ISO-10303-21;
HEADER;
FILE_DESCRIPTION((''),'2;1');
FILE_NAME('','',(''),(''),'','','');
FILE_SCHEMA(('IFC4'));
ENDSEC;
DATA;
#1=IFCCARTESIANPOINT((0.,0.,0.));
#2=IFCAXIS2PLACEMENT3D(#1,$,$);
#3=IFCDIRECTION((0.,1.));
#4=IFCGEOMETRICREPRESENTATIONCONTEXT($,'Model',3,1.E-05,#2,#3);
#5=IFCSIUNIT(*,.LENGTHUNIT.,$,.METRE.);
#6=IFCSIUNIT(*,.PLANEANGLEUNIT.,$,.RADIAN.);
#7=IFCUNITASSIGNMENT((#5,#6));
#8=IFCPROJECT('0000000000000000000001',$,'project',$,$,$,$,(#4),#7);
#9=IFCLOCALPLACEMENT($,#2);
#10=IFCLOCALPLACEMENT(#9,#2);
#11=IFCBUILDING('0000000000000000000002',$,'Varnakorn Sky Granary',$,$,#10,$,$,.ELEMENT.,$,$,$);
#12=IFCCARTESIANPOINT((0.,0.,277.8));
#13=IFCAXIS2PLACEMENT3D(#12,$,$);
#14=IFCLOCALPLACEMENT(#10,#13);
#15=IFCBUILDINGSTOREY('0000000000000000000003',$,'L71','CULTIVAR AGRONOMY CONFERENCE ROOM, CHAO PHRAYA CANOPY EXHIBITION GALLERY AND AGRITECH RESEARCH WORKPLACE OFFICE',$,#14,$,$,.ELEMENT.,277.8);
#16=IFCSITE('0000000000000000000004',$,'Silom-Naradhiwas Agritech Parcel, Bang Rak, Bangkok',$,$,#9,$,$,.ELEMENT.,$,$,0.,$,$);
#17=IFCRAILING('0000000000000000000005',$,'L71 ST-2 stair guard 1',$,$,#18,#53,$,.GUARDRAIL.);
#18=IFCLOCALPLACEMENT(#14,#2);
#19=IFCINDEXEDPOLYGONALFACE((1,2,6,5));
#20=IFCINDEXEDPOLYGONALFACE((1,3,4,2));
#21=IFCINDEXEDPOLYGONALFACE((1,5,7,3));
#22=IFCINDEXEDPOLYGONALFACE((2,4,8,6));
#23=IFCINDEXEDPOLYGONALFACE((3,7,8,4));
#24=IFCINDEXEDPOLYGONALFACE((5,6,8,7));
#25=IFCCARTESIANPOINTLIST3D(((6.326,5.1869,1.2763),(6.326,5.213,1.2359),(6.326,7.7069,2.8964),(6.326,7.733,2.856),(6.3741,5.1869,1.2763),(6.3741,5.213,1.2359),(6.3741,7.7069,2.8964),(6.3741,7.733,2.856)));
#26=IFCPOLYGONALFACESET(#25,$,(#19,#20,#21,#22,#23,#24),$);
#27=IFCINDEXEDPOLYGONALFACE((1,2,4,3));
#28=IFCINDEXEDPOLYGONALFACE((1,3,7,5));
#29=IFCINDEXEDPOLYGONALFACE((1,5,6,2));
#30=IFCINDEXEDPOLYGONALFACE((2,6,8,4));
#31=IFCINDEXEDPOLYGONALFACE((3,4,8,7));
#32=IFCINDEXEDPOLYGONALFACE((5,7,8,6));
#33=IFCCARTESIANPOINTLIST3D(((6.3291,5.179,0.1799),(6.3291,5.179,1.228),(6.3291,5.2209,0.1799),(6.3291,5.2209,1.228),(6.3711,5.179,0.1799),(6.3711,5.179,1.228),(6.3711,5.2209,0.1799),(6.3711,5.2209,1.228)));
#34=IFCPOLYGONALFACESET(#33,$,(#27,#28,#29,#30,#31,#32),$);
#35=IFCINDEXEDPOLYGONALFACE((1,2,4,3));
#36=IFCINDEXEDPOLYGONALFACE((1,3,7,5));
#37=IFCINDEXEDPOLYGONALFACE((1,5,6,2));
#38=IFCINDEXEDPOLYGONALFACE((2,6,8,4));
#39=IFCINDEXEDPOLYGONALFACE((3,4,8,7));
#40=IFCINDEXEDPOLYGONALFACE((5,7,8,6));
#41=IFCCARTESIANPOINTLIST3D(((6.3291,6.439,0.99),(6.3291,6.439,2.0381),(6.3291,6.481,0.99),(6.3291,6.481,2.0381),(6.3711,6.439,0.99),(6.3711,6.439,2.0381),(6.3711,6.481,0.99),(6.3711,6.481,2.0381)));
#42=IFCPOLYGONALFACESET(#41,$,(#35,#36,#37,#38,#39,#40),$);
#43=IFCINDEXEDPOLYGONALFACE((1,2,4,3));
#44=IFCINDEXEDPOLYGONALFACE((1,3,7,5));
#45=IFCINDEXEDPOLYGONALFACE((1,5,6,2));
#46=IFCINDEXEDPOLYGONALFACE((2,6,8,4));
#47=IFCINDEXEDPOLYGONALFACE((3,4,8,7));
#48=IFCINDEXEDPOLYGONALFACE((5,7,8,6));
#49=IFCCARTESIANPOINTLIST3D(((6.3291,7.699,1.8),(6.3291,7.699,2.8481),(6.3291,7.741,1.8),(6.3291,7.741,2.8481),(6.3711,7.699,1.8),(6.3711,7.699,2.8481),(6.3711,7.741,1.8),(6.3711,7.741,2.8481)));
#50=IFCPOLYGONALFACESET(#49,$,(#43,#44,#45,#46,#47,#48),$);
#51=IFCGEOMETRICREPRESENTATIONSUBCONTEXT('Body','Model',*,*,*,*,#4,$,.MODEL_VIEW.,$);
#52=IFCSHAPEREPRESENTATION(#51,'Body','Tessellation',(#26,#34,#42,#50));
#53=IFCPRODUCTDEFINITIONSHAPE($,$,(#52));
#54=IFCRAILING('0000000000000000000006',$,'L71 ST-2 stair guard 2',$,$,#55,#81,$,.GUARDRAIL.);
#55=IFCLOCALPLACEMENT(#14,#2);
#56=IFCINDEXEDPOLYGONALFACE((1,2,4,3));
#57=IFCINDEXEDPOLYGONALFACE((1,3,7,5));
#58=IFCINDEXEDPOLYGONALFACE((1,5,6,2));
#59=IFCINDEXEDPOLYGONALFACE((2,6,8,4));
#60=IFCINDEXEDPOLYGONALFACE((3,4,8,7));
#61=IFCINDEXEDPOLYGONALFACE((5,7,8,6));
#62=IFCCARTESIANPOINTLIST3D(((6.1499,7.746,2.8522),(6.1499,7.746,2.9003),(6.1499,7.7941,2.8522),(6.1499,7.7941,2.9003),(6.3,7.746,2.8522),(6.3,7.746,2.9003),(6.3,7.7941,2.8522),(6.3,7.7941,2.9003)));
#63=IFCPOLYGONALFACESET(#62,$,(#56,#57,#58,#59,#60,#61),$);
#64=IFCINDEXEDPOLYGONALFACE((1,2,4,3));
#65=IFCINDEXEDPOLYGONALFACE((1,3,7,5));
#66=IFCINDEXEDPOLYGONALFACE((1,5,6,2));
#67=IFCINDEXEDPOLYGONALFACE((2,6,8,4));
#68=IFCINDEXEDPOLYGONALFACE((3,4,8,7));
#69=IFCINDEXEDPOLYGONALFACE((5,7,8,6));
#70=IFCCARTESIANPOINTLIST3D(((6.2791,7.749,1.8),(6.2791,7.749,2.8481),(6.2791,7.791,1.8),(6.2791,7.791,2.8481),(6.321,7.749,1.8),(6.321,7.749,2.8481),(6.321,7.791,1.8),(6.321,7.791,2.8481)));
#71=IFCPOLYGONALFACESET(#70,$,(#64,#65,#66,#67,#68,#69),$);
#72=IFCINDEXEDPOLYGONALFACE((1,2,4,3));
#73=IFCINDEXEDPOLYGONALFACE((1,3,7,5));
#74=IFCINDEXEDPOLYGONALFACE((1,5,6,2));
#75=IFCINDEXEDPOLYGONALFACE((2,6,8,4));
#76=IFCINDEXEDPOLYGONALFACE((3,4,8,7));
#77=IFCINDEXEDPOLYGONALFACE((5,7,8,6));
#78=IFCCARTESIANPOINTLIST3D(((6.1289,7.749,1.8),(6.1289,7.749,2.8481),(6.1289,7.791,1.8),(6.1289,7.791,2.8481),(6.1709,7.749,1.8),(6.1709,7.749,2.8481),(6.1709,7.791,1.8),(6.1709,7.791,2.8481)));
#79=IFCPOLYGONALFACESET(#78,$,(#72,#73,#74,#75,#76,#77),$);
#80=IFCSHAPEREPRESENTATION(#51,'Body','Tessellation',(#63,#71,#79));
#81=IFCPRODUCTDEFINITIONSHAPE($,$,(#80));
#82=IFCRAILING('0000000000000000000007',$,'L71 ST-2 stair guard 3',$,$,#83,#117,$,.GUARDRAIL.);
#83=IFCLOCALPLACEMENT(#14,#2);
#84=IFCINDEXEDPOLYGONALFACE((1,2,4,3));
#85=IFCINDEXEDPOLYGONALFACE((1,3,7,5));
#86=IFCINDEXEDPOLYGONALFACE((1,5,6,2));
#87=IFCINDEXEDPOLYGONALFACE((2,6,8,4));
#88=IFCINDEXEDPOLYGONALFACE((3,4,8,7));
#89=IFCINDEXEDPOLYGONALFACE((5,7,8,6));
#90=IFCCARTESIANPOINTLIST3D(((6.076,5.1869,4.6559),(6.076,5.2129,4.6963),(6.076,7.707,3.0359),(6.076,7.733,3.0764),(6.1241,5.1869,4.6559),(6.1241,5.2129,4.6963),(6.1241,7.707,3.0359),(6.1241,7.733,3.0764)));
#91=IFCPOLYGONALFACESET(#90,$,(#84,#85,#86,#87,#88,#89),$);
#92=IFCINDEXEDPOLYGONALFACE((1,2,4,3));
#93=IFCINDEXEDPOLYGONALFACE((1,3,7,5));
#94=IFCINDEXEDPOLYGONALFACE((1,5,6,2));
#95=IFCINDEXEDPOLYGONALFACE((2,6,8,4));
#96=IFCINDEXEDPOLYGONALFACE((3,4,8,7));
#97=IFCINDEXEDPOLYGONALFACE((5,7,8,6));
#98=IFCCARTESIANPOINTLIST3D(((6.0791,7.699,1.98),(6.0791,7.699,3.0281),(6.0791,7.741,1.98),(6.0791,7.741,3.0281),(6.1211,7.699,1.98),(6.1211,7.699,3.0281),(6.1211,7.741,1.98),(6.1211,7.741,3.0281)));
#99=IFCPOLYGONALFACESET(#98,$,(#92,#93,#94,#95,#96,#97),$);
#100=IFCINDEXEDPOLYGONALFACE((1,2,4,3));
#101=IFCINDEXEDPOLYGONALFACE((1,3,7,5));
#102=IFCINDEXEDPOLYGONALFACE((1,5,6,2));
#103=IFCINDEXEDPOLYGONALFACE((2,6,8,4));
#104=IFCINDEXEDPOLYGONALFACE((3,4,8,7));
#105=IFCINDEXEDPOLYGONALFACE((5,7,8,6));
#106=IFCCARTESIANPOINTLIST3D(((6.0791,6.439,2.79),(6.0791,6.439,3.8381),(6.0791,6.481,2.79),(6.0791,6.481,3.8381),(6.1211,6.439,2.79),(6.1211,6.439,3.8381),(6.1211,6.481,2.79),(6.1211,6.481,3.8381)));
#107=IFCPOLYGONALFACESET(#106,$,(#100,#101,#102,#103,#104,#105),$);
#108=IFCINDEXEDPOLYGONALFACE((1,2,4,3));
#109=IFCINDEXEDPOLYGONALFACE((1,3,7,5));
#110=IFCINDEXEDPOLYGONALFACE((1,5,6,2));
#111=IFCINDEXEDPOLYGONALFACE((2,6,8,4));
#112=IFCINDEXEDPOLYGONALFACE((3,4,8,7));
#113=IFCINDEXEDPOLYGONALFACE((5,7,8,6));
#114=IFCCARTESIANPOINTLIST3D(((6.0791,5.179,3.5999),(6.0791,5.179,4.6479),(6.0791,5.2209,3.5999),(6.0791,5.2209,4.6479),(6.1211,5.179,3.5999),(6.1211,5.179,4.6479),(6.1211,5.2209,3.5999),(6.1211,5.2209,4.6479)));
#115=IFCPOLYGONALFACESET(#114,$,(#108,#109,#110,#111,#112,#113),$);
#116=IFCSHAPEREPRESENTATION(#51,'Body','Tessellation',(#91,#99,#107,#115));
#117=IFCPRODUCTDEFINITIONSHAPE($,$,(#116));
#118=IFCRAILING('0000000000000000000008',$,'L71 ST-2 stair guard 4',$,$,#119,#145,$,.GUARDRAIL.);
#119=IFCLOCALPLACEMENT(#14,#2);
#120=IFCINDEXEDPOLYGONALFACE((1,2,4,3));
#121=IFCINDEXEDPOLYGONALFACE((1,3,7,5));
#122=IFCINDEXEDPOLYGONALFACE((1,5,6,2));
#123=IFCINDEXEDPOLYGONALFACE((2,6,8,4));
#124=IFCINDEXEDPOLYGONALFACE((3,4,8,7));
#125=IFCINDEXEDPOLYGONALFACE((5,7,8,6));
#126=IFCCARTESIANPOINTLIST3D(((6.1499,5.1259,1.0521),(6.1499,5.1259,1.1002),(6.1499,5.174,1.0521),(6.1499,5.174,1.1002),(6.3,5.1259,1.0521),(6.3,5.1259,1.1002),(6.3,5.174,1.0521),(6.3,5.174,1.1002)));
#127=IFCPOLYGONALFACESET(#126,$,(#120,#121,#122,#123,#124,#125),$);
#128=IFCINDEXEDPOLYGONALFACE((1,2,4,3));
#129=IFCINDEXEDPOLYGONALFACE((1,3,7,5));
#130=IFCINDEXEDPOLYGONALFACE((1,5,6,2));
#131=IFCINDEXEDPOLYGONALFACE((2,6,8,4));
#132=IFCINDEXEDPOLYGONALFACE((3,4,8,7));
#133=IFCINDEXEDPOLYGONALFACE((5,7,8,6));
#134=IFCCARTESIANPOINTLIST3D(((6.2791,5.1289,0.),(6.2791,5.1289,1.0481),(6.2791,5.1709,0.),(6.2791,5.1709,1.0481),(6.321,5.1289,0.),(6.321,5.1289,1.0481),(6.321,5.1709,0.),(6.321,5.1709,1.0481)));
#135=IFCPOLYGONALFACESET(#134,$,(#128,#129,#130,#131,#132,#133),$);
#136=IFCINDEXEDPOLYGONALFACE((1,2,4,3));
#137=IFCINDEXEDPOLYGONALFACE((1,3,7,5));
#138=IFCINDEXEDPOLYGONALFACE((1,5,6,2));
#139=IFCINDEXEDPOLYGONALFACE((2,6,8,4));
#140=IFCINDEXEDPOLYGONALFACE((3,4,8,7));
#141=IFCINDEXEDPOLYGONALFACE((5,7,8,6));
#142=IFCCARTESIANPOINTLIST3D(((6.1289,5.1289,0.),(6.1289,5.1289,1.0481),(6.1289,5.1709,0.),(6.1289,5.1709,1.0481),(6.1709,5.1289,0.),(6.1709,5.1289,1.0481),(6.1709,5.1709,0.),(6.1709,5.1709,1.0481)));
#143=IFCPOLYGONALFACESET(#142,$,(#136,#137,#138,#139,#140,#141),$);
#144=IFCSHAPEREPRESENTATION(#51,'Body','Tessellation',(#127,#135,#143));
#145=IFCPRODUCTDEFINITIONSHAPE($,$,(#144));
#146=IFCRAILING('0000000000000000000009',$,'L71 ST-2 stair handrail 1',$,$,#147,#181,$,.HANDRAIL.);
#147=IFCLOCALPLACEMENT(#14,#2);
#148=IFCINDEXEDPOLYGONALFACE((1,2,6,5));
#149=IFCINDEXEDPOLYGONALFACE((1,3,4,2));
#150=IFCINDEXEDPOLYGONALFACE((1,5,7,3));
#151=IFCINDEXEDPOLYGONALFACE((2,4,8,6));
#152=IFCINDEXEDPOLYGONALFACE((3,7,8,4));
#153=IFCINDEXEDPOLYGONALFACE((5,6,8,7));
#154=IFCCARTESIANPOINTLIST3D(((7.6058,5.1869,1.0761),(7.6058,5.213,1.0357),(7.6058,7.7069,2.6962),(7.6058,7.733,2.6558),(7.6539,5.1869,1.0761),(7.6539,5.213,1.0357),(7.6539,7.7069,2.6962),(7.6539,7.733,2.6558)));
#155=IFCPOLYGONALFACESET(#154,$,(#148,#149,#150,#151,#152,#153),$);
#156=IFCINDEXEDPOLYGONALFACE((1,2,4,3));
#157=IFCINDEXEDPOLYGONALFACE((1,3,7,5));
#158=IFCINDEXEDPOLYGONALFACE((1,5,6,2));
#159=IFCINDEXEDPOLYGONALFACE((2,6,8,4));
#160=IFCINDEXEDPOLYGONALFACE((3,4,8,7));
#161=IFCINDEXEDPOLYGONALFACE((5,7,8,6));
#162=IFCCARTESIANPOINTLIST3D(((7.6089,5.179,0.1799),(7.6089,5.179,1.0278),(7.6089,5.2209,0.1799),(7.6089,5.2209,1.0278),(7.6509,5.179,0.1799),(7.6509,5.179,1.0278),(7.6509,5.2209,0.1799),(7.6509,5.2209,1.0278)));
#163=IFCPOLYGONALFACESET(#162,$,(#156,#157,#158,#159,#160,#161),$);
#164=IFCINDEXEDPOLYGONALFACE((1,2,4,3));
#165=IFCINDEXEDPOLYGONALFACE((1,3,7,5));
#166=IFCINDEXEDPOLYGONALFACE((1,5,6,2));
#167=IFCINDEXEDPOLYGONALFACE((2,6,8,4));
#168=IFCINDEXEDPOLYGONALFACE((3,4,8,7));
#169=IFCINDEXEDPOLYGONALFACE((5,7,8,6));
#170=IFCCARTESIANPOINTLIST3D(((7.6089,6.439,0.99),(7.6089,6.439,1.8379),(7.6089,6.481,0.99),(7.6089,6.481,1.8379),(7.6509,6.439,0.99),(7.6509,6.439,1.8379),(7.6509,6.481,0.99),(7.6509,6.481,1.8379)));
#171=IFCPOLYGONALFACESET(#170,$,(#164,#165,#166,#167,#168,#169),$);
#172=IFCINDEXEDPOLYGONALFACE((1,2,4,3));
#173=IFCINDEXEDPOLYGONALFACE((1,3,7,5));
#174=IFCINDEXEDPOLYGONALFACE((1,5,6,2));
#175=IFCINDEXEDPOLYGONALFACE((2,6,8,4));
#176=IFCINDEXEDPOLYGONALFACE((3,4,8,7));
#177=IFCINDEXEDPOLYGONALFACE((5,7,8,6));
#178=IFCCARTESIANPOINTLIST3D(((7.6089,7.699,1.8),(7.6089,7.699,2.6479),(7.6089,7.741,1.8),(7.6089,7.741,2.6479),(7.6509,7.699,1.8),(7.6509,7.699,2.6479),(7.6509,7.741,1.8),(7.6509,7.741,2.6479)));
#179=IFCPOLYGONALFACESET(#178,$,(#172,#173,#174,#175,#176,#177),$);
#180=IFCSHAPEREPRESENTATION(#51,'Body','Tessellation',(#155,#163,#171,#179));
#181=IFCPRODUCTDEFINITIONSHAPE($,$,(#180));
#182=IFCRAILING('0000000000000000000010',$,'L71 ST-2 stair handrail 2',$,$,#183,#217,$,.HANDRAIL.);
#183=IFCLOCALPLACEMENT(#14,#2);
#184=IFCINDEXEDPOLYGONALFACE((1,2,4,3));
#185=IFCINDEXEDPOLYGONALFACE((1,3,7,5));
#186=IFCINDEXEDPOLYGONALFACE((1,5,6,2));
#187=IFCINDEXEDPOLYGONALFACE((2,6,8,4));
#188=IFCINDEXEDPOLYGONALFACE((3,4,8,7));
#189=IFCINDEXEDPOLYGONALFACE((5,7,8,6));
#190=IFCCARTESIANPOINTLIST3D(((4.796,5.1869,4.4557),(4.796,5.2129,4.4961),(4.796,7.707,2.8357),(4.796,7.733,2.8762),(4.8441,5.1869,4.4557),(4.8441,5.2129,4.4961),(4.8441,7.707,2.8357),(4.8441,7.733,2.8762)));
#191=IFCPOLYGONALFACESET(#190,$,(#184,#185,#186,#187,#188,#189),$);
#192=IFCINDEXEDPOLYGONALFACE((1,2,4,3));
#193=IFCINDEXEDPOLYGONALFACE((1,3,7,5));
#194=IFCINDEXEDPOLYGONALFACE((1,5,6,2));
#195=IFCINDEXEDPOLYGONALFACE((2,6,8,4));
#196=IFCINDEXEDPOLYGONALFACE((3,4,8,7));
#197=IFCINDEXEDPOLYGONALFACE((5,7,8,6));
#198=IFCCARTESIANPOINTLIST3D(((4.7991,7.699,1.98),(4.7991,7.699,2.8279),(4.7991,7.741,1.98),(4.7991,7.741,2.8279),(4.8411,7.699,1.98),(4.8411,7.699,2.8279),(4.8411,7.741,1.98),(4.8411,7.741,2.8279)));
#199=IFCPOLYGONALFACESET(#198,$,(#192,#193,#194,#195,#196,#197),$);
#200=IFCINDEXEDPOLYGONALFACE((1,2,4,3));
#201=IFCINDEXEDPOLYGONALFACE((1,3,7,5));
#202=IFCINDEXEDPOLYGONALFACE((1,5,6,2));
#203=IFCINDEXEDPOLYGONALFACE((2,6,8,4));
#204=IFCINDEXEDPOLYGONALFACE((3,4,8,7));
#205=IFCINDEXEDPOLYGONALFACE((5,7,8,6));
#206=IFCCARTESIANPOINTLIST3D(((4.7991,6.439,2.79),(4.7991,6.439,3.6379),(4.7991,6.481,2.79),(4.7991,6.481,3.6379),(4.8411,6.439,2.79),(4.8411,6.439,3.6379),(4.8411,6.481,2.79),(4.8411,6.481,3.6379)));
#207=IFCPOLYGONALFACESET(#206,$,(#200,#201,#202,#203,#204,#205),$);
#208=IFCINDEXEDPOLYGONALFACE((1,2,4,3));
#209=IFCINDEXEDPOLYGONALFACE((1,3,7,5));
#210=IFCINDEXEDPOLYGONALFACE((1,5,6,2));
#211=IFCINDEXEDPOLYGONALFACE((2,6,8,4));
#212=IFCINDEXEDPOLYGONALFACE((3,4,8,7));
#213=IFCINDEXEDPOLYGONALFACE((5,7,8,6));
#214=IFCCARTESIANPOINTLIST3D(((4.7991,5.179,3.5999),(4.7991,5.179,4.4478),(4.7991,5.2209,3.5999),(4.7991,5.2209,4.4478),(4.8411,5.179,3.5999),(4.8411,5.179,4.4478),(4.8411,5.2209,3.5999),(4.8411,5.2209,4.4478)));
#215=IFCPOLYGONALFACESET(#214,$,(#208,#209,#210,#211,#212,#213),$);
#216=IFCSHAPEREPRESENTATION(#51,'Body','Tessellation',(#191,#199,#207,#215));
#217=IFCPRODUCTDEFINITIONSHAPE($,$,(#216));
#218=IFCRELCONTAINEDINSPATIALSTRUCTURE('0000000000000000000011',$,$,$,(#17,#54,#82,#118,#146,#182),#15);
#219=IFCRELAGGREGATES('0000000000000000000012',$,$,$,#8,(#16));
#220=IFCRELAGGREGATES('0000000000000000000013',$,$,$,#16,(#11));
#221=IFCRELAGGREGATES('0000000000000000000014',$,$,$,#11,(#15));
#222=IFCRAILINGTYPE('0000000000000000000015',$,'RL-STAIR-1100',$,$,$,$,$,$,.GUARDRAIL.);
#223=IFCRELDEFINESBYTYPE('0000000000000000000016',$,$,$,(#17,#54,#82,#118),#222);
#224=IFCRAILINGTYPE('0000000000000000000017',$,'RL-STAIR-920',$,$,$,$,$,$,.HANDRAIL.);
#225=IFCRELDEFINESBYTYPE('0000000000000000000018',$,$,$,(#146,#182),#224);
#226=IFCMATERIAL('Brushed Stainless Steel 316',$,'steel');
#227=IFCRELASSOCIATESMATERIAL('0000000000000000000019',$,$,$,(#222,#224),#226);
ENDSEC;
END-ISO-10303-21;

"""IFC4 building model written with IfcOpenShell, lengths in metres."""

from ifc_helpers import new_model, si_unit, direction, frame, origin, origin_2d, place, context, subcontext, project, spatial, rectangle, extrude, material, type_object, element, save


model = new_model("IFC4")

# Units and contexts
model_context = context("Model", 3, precision=1e-05, world=origin(), true_north=direction((0.0, 1.0)))
body_context = subcontext(model_context, "Body", "Model", "MODEL_VIEW")
ifc_project = project(units=[si_unit("LENGTHUNIT", "METRE"), si_unit("PLANEANGLEUNIT", "RADIAN")], contexts=[model_context])

# Site, building, storey
site_placement = place(None, origin())
site = spatial("IfcSite", under=ifc_project, at=site_placement, Name="Silom-Naradhiwas Agritech Parcel, Bang Rak, Bangkok", CompositionType="ELEMENT", RefElevation=0.0)
building_placement = place(site_placement, origin())
building = spatial("IfcBuilding", under=site, at=building_placement, Name="Varnakorn Sky Granary", CompositionType="ELEMENT")
storey_placement = place(building_placement, frame((0.0, 0.0, 277.8)))
storey = spatial("IfcBuildingStorey", under=building, at=storey_placement, Name="L71", Description="CULTIVAR AGRONOMY CONFERENCE ROOM, CHAO PHRAYA CANOPY EXHIBITION GALLERY AND AGRITECH RESEARCH WORKPLACE OFFICE", CompositionType="ELEMENT", Elevation=277.8)

# Railings
ifc_material_1 = material(Name="Brushed Stainless Steel 316", Category="steel")
railing_type_1 = type_object("IfcRailingType", Name="RL-STAIR-1100", PredefinedType="GUARDRAIL", material=ifc_material_1)
railing_1_placement = place(storey_placement, frame((6.3501, 5.2, 0.1799)))
element("IfcRailing", 1, at=railing_1_placement, inside=storey, type_object=railing_type_1, Name="L71 ST-2 stair guard 1", PredefinedType="GUARDRAIL", context=body_context, shape_type="SweptSolid", body=[
    extrude(rectangle(XDim=0.0481, YDim=0.0481, at=origin_2d()), frame((0.0, 0.0, 1.0762), z_axis=(0.0, 0.841163, 0.540782), x_axis=(-1.0, 0.0, 0.0)), (0.0, 0.0, 1.0), 2.9958),
    extrude(rectangle(XDim=0.042, YDim=0.042, at=origin_2d()), origin(), (0.0, 0.0, 1.0), 1.0481),
    extrude(rectangle(XDim=0.042, YDim=0.042, at=origin_2d()), frame((0.0, 1.26, 0.8101)), (0.0, 0.0, 1.0), 1.0481),
    extrude(rectangle(XDim=0.042, YDim=0.042, at=origin_2d()), frame((0.0, 2.52, 1.6201)), (0.0, 0.0, 1.0), 1.0481),
])
railing_2_placement = place(storey_placement, frame((6.3, 7.77, 1.8)))
element("IfcRailing", 2, at=railing_2_placement, inside=storey, type_object=railing_type_1, Name="L71 ST-2 stair guard 2", PredefinedType="GUARDRAIL", context=body_context, shape_type="SweptSolid", body=[
    extrude(rectangle(XDim=0.0481, YDim=0.0481, at=origin_2d()), frame((0.0, 0.0, 1.0762), z_axis=(-1.0, 0.0, 0.0), x_axis=(0.0, -1.0, 0.0)), (0.0, 0.0, 1.0), 0.1501),
    extrude(rectangle(XDim=0.042, YDim=0.042, at=origin_2d()), origin(), (0.0, 0.0, 1.0), 1.0481),
    extrude(rectangle(XDim=0.042, YDim=0.042, at=origin_2d()), frame((-0.1501, 0.0, 0.0)), (0.0, 0.0, 1.0), 1.0481),
])
railing_3_placement = place(storey_placement, frame((6.1001, 7.72, 1.98)))
element("IfcRailing", 3, at=railing_3_placement, inside=storey, type_object=railing_type_1, Name="L71 ST-2 stair guard 3", PredefinedType="GUARDRAIL", context=body_context, shape_type="SweptSolid", body=[
    extrude(rectangle(XDim=0.0481, YDim=0.0481, at=origin_2d()), frame((0.0, 0.0, 1.0762), z_axis=(0.0, -0.8412, 0.540725), x_axis=(1.0, 0.0, 0.0)), (0.0, 0.0, 1.0), 2.9958),
    extrude(rectangle(XDim=0.042, YDim=0.042, at=origin_2d()), origin(), (0.0, 0.0, 1.0), 1.0481),
    extrude(rectangle(XDim=0.042, YDim=0.042, at=origin_2d()), frame((0.0, -1.26, 0.8101)), (0.0, 0.0, 1.0), 1.0481),
    extrude(rectangle(XDim=0.042, YDim=0.042, at=origin_2d()), frame((0.0, -2.52, 1.6199)), (0.0, 0.0, 1.0), 1.0481),
])
railing_4_placement = place(storey_placement, frame((6.3, 5.1499, 0.0)))
element("IfcRailing", 4, at=railing_4_placement, inside=storey, type_object=railing_type_1, Name="L71 ST-2 stair guard 4", PredefinedType="GUARDRAIL", context=body_context, shape_type="SweptSolid", body=[
    extrude(rectangle(XDim=0.0481, YDim=0.0481, at=origin_2d()), frame((0.0, 0.0, 1.0762), z_axis=(-1.0, 0.0, 0.0), x_axis=(0.0, -1.0, 0.0)), (0.0, 0.0, 1.0), 0.1501),
    extrude(rectangle(XDim=0.042, YDim=0.042, at=origin_2d()), origin(), (0.0, 0.0, 1.0), 1.0481),
    extrude(rectangle(XDim=0.042, YDim=0.042, at=origin_2d()), frame((-0.1501, 0.0, 0.0)), (0.0, 0.0, 1.0), 1.0481),
])
railing_type_2 = type_object("IfcRailingType", Name="RL-STAIR-920", PredefinedType="HANDRAIL", material=ifc_material_1)
railing_5_placement = place(storey_placement, frame((7.6299, 5.2, 0.1799)))
element("IfcRailing", 5, at=railing_5_placement, inside=storey, type_object=railing_type_2, Name="L71 ST-2 stair handrail 1", PredefinedType="HANDRAIL", context=body_context, shape_type="SweptSolid", body=[
    extrude(rectangle(XDim=0.0481, YDim=0.0481, at=origin_2d()), frame((0.0, 0.0, 0.876), z_axis=(0.0, 0.841163, 0.540782), x_axis=(-1.0, 0.0, 0.0)), (0.0, 0.0, 1.0), 2.9958),
    extrude(rectangle(XDim=0.042, YDim=0.042, at=origin_2d()), origin(), (0.0, 0.0, 1.0), 0.8479),
    extrude(rectangle(XDim=0.042, YDim=0.042, at=origin_2d()), frame((0.0, 1.26, 0.8101)), (0.0, 0.0, 1.0), 0.8479),
    extrude(rectangle(XDim=0.042, YDim=0.042, at=origin_2d()), frame((0.0, 2.52, 1.6201)), (0.0, 0.0, 1.0), 0.8479),
])
railing_6_placement = place(storey_placement, frame((4.8201, 7.72, 1.98)))
element("IfcRailing", 6, at=railing_6_placement, inside=storey, type_object=railing_type_2, Name="L71 ST-2 stair handrail 2", PredefinedType="HANDRAIL", context=body_context, shape_type="SweptSolid", body=[
    extrude(rectangle(XDim=0.0481, YDim=0.0481, at=origin_2d()), frame((0.0, 0.0, 0.876), z_axis=(0.0, -0.8412, 0.540725), x_axis=(1.0, 0.0, 0.0)), (0.0, 0.0, 1.0), 2.9958),
    extrude(rectangle(XDim=0.042, YDim=0.042, at=origin_2d()), origin(), (0.0, 0.0, 1.0), 0.8479),
    extrude(rectangle(XDim=0.042, YDim=0.042, at=origin_2d()), frame((0.0, -1.26, 0.8101)), (0.0, 0.0, 1.0), 0.8479),
    extrude(rectangle(XDim=0.042, YDim=0.042, at=origin_2d()), frame((0.0, -2.52, 1.6199)), (0.0, 0.0, 1.0), 0.8479),
])

save(model, "model.ifc")
